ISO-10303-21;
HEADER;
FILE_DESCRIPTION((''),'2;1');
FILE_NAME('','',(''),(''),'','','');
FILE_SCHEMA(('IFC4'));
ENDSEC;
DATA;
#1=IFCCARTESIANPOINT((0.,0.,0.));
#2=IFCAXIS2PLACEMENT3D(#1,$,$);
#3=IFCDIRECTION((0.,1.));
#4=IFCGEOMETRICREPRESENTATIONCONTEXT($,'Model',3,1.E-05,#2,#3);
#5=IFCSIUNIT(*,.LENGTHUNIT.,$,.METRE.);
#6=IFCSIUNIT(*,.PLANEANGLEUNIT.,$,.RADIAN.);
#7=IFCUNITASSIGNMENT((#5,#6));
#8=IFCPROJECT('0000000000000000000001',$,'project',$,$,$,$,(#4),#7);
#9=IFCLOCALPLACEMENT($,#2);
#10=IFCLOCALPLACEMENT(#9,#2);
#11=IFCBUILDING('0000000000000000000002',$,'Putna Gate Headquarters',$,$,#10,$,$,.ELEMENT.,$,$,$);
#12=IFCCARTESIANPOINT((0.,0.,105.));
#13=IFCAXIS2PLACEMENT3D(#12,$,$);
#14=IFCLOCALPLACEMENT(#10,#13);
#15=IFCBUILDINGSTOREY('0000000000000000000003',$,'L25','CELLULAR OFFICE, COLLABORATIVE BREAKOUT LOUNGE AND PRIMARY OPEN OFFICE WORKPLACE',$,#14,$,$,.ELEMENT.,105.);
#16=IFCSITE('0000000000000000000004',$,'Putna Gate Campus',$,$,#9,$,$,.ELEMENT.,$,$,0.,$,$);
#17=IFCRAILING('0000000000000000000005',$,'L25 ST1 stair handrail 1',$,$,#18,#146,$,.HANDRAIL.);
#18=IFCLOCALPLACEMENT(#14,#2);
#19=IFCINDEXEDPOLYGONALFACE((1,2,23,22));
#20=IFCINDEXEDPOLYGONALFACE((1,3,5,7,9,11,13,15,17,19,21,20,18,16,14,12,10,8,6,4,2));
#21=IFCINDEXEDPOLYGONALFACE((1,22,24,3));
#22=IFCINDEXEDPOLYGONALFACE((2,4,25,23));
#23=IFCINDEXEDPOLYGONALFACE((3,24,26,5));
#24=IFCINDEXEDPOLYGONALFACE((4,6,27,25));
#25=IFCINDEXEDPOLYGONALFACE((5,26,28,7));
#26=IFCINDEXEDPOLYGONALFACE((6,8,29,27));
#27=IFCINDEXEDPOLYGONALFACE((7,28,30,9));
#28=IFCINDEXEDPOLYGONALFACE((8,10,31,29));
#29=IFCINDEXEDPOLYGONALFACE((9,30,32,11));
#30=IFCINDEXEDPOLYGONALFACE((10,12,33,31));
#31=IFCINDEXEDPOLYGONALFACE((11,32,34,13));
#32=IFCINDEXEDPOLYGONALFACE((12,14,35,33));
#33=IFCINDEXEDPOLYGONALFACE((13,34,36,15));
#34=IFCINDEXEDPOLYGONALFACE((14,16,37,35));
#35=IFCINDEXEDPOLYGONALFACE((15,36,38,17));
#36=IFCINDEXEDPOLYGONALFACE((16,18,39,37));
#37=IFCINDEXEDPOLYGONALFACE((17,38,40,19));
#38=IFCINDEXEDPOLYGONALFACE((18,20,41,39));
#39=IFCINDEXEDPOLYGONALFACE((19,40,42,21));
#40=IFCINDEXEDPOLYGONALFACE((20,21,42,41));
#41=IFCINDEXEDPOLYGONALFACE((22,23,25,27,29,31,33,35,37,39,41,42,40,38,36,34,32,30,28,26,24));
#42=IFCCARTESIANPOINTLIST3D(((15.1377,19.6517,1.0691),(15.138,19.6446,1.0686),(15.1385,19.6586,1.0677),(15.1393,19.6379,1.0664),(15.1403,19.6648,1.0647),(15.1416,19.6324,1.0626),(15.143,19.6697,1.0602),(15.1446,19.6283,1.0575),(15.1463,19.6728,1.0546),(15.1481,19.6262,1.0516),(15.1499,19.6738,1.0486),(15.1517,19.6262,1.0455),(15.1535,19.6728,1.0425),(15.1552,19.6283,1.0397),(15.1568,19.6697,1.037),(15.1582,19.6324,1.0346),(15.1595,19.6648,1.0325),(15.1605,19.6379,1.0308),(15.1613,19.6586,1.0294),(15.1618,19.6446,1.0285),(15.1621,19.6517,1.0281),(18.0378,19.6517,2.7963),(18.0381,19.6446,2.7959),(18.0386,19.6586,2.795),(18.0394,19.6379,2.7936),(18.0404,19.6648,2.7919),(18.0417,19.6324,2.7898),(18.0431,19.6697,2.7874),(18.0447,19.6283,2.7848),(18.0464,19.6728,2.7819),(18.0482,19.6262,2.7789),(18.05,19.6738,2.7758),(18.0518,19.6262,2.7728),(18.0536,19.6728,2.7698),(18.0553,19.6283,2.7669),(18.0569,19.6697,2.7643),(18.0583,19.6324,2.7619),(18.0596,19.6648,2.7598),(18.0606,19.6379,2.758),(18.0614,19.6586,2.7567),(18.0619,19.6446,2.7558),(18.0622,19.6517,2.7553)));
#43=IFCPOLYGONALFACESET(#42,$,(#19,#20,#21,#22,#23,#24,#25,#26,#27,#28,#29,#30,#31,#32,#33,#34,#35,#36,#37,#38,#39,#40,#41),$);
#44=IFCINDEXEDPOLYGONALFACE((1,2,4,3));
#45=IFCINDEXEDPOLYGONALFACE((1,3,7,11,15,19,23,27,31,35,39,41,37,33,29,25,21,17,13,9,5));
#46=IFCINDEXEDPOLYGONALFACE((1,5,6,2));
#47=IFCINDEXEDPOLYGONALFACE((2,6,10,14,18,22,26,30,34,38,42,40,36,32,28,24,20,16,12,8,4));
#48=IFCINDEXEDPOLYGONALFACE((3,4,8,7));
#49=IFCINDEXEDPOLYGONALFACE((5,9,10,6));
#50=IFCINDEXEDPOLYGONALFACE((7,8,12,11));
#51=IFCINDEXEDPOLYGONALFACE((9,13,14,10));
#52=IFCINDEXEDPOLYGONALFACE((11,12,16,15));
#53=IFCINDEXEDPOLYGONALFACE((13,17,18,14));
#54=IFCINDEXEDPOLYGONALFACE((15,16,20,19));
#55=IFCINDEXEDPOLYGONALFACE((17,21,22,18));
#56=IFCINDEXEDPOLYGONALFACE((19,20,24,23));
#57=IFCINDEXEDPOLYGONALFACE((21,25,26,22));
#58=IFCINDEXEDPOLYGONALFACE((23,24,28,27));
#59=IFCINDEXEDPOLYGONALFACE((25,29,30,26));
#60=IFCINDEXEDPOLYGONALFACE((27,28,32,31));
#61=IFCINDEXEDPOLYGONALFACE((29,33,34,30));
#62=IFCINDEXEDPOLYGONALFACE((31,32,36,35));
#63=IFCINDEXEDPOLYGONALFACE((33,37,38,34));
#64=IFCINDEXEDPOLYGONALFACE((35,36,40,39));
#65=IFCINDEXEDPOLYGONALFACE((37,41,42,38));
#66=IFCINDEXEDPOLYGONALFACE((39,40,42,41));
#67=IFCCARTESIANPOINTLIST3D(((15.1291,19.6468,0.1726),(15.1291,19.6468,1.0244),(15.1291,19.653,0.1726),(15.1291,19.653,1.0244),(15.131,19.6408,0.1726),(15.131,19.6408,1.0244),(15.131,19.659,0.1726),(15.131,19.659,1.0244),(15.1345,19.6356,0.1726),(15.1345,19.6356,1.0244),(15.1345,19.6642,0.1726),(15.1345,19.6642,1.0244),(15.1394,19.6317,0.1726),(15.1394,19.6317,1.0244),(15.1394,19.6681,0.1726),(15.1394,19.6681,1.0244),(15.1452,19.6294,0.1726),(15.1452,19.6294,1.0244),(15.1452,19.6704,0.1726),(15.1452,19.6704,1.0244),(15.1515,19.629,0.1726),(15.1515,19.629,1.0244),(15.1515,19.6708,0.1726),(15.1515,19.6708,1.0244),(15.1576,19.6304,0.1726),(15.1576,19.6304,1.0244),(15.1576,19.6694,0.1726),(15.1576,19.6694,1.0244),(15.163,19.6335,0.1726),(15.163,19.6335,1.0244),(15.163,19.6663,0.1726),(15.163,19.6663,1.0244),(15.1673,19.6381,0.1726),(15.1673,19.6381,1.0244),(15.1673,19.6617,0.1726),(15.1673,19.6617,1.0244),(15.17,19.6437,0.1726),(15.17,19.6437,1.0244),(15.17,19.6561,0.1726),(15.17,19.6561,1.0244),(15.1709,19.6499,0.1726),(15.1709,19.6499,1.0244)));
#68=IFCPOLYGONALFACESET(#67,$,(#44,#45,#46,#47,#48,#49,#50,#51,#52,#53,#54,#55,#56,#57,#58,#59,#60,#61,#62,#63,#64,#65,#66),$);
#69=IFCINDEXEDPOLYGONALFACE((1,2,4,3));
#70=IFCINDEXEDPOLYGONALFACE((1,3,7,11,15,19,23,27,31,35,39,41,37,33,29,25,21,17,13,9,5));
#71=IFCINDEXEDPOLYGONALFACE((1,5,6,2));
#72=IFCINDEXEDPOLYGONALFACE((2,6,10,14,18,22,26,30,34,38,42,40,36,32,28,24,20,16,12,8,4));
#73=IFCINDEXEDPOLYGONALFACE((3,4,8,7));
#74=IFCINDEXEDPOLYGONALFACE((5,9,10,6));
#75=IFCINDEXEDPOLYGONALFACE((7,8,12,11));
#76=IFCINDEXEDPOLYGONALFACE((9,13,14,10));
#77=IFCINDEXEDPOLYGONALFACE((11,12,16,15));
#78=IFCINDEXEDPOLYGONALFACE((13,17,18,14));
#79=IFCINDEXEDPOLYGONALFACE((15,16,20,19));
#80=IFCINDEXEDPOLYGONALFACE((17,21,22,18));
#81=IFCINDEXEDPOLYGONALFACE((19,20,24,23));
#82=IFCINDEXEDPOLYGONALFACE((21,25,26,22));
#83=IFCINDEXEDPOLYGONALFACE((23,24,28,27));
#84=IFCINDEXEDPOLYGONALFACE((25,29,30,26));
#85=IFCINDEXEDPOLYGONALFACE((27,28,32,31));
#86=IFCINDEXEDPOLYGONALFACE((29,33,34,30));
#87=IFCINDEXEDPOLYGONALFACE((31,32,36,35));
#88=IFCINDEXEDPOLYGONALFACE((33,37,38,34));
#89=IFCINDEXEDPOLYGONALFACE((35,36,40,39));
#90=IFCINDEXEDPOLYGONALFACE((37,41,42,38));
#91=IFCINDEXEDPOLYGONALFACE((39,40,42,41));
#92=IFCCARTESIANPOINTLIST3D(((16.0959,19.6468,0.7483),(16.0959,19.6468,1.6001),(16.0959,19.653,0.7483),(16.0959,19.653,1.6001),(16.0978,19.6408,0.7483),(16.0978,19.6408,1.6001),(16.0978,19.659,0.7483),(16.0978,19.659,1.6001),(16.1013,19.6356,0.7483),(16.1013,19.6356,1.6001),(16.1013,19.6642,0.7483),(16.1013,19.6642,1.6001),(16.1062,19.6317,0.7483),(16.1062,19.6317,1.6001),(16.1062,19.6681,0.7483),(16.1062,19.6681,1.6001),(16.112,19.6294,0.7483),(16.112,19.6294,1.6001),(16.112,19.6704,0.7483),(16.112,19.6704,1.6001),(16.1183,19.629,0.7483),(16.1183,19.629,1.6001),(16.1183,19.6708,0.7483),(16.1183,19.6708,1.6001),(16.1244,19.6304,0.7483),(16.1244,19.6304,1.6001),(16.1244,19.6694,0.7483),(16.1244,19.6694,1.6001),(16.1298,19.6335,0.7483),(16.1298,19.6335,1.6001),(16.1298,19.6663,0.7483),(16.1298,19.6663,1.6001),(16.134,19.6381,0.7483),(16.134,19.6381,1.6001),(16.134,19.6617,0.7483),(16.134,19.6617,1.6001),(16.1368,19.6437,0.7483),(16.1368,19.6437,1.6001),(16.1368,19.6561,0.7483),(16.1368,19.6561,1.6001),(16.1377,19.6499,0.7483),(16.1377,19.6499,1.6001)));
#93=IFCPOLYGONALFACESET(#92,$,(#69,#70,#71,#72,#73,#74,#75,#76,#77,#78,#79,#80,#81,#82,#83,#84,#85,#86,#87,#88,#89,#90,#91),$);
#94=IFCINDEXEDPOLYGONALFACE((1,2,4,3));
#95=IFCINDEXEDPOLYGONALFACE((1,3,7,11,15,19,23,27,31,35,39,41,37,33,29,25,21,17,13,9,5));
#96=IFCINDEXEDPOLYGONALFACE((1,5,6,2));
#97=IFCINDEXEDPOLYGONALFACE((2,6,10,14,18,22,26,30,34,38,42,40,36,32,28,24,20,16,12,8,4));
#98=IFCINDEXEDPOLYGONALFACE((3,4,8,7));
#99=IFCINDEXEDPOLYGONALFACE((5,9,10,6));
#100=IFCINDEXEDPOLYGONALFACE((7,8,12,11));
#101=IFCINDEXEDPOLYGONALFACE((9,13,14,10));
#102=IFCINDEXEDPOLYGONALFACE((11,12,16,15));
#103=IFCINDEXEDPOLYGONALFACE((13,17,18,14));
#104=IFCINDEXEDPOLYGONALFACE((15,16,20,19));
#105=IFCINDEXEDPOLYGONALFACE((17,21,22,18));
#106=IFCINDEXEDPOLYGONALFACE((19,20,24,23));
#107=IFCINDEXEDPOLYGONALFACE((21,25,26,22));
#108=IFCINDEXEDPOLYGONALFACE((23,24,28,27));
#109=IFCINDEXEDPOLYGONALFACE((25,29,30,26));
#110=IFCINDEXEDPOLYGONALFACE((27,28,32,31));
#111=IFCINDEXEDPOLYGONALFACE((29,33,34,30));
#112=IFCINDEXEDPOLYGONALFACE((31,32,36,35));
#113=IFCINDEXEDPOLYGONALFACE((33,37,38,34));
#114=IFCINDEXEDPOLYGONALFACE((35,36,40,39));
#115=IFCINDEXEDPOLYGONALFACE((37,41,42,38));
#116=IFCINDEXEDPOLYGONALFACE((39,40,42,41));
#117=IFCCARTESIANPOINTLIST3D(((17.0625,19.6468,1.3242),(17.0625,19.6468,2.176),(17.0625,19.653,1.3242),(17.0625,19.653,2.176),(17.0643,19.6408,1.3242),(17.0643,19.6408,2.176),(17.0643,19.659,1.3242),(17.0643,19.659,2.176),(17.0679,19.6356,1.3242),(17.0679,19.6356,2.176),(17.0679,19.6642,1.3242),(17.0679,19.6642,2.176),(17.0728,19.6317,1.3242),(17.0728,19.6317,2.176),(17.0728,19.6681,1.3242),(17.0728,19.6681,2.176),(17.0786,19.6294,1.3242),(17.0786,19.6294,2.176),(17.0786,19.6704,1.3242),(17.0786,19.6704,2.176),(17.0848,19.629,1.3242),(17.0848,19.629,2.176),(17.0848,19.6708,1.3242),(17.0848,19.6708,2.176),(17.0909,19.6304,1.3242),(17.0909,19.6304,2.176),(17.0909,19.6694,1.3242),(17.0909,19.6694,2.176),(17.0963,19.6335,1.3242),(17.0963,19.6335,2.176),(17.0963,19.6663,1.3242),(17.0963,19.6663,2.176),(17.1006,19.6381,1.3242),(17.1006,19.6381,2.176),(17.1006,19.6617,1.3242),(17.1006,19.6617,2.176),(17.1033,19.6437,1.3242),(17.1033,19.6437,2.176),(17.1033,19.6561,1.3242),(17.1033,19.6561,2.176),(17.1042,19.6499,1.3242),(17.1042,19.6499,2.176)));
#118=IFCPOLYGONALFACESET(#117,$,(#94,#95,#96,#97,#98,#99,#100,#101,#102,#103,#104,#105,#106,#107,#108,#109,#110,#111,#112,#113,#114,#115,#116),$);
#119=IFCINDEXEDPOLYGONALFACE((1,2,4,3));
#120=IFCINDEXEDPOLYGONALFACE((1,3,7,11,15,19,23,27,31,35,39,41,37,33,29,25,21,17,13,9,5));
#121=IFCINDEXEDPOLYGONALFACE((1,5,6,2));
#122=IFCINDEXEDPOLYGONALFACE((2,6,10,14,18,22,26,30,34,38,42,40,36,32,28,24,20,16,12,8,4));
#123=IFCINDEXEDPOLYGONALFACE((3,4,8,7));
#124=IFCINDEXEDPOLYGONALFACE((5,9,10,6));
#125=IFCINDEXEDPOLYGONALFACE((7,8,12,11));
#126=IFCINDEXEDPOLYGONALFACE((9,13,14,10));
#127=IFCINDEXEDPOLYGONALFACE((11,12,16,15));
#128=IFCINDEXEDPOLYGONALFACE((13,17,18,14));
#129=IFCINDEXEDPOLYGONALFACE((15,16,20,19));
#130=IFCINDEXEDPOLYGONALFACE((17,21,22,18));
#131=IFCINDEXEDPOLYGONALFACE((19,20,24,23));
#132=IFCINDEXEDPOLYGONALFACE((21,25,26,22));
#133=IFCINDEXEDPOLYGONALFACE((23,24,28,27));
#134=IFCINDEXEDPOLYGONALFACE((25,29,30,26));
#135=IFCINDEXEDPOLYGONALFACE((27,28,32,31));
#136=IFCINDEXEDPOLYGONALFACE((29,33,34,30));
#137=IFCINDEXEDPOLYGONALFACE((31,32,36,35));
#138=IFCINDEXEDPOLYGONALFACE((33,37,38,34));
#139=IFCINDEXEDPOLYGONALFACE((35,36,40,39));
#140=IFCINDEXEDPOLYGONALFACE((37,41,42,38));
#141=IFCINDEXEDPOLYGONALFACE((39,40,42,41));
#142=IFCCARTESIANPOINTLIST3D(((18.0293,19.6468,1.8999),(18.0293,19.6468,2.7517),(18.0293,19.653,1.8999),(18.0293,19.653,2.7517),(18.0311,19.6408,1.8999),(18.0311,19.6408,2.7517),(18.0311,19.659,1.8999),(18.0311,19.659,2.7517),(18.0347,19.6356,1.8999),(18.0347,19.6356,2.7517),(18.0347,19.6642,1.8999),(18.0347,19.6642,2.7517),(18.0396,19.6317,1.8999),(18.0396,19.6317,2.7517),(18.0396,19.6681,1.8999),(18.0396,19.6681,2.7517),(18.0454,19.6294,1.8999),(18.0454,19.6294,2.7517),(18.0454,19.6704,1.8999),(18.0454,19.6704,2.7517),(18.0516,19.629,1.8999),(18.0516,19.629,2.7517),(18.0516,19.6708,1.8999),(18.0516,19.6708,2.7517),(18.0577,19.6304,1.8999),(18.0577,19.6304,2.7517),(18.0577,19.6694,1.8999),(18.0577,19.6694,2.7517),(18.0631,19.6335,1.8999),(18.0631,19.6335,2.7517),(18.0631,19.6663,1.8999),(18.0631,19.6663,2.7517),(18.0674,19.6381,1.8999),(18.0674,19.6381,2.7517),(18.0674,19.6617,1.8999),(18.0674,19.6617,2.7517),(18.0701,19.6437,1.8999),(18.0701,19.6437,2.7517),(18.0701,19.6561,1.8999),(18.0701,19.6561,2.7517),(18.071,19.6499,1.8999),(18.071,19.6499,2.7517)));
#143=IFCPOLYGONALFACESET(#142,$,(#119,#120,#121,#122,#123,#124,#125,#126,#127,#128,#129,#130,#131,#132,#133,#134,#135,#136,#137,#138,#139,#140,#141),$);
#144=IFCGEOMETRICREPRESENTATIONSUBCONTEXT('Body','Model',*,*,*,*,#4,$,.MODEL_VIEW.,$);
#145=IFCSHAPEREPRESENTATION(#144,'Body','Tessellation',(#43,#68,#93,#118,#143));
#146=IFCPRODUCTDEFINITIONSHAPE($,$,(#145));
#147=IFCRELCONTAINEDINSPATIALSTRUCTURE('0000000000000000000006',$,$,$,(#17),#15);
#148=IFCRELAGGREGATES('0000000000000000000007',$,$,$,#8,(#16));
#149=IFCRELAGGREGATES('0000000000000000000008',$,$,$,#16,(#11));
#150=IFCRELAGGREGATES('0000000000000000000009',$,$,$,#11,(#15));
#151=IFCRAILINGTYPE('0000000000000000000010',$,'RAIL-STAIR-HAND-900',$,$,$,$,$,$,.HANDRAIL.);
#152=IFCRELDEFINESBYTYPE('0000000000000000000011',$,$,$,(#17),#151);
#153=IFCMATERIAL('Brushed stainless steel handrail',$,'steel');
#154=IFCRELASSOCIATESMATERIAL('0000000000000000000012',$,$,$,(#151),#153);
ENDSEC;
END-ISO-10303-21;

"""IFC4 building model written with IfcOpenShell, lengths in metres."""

from ifc_helpers import new_model, si_unit, direction, frame, origin, origin_2d, place, context, subcontext, project, spatial, circle, extrude, material, type_object, element, save


model = new_model("IFC4")

# Units and contexts
model_context = context("Model", 3, precision=1e-05, world=origin(), true_north=direction((0.0, 1.0)))
body_context = subcontext(model_context, "Body", "Model", "MODEL_VIEW")
ifc_project = project(units=[si_unit("LENGTHUNIT", "METRE"), si_unit("PLANEANGLEUNIT", "RADIAN")], contexts=[model_context])

# Site, building, storey
site_placement = place(None, origin())
site = spatial("IfcSite", under=ifc_project, at=site_placement, Name="Putna Gate Campus", CompositionType="ELEMENT", RefElevation=0.0)
building_placement = place(site_placement, origin())
building = spatial("IfcBuilding", under=site, at=building_placement, Name="Putna Gate Headquarters", CompositionType="ELEMENT")
storey_placement = place(building_placement, frame((0.0, 0.0, 105.0)))
storey = spatial("IfcBuildingStorey", under=building, at=storey_placement, Name="L25", Description="CELLULAR OFFICE, COLLABORATIVE BREAKOUT LOUNGE AND PRIMARY OPEN OFFICE WORKPLACE", CompositionType="ELEMENT", Elevation=105.0)

# Railing
ifc_material_1 = material(Name="Brushed stainless steel handrail", Category="steel")
railing_type_1 = type_object("IfcRailingType", Name="RAIL-STAIR-HAND-900", PredefinedType="HANDRAIL", material=ifc_material_1)
railing_1_placement = place(storey_placement, frame((15.1499, 19.6499, 0.1726)))
element("IfcRailing", 1, at=railing_1_placement, inside=storey, type_object=railing_type_1, Name="L25 ST1 stair handrail 1", PredefinedType="HANDRAIL", context=body_context, shape_type="SweptSolid", body=[
    extrude(circle(Radius=0.0239, at=origin_2d()), frame((0.0, 0.0, 0.876), z_axis=(0.85916, 0.0, 0.511706), x_axis=(0.0, 1.0, 0.0)), (0.0, 0.0, 1.0), 3.3755),
    extrude(circle(Radius=0.021, at=origin_2d()), origin(), (0.0, 0.0, 1.0), 0.8518),
    extrude(circle(Radius=0.021, at=origin_2d()), frame((0.9668, 0.0, 0.5757)), (0.0, 0.0, 1.0), 0.8518),
    extrude(circle(Radius=0.021, at=origin_2d()), frame((1.9333, 0.0, 1.1516)), (0.0, 0.0, 1.0), 0.8518),
    extrude(circle(Radius=0.021, at=origin_2d()), frame((2.9001, 0.0, 1.7273)), (0.0, 0.0, 1.0), 0.8518),
])

save(model, "model.ifc")
